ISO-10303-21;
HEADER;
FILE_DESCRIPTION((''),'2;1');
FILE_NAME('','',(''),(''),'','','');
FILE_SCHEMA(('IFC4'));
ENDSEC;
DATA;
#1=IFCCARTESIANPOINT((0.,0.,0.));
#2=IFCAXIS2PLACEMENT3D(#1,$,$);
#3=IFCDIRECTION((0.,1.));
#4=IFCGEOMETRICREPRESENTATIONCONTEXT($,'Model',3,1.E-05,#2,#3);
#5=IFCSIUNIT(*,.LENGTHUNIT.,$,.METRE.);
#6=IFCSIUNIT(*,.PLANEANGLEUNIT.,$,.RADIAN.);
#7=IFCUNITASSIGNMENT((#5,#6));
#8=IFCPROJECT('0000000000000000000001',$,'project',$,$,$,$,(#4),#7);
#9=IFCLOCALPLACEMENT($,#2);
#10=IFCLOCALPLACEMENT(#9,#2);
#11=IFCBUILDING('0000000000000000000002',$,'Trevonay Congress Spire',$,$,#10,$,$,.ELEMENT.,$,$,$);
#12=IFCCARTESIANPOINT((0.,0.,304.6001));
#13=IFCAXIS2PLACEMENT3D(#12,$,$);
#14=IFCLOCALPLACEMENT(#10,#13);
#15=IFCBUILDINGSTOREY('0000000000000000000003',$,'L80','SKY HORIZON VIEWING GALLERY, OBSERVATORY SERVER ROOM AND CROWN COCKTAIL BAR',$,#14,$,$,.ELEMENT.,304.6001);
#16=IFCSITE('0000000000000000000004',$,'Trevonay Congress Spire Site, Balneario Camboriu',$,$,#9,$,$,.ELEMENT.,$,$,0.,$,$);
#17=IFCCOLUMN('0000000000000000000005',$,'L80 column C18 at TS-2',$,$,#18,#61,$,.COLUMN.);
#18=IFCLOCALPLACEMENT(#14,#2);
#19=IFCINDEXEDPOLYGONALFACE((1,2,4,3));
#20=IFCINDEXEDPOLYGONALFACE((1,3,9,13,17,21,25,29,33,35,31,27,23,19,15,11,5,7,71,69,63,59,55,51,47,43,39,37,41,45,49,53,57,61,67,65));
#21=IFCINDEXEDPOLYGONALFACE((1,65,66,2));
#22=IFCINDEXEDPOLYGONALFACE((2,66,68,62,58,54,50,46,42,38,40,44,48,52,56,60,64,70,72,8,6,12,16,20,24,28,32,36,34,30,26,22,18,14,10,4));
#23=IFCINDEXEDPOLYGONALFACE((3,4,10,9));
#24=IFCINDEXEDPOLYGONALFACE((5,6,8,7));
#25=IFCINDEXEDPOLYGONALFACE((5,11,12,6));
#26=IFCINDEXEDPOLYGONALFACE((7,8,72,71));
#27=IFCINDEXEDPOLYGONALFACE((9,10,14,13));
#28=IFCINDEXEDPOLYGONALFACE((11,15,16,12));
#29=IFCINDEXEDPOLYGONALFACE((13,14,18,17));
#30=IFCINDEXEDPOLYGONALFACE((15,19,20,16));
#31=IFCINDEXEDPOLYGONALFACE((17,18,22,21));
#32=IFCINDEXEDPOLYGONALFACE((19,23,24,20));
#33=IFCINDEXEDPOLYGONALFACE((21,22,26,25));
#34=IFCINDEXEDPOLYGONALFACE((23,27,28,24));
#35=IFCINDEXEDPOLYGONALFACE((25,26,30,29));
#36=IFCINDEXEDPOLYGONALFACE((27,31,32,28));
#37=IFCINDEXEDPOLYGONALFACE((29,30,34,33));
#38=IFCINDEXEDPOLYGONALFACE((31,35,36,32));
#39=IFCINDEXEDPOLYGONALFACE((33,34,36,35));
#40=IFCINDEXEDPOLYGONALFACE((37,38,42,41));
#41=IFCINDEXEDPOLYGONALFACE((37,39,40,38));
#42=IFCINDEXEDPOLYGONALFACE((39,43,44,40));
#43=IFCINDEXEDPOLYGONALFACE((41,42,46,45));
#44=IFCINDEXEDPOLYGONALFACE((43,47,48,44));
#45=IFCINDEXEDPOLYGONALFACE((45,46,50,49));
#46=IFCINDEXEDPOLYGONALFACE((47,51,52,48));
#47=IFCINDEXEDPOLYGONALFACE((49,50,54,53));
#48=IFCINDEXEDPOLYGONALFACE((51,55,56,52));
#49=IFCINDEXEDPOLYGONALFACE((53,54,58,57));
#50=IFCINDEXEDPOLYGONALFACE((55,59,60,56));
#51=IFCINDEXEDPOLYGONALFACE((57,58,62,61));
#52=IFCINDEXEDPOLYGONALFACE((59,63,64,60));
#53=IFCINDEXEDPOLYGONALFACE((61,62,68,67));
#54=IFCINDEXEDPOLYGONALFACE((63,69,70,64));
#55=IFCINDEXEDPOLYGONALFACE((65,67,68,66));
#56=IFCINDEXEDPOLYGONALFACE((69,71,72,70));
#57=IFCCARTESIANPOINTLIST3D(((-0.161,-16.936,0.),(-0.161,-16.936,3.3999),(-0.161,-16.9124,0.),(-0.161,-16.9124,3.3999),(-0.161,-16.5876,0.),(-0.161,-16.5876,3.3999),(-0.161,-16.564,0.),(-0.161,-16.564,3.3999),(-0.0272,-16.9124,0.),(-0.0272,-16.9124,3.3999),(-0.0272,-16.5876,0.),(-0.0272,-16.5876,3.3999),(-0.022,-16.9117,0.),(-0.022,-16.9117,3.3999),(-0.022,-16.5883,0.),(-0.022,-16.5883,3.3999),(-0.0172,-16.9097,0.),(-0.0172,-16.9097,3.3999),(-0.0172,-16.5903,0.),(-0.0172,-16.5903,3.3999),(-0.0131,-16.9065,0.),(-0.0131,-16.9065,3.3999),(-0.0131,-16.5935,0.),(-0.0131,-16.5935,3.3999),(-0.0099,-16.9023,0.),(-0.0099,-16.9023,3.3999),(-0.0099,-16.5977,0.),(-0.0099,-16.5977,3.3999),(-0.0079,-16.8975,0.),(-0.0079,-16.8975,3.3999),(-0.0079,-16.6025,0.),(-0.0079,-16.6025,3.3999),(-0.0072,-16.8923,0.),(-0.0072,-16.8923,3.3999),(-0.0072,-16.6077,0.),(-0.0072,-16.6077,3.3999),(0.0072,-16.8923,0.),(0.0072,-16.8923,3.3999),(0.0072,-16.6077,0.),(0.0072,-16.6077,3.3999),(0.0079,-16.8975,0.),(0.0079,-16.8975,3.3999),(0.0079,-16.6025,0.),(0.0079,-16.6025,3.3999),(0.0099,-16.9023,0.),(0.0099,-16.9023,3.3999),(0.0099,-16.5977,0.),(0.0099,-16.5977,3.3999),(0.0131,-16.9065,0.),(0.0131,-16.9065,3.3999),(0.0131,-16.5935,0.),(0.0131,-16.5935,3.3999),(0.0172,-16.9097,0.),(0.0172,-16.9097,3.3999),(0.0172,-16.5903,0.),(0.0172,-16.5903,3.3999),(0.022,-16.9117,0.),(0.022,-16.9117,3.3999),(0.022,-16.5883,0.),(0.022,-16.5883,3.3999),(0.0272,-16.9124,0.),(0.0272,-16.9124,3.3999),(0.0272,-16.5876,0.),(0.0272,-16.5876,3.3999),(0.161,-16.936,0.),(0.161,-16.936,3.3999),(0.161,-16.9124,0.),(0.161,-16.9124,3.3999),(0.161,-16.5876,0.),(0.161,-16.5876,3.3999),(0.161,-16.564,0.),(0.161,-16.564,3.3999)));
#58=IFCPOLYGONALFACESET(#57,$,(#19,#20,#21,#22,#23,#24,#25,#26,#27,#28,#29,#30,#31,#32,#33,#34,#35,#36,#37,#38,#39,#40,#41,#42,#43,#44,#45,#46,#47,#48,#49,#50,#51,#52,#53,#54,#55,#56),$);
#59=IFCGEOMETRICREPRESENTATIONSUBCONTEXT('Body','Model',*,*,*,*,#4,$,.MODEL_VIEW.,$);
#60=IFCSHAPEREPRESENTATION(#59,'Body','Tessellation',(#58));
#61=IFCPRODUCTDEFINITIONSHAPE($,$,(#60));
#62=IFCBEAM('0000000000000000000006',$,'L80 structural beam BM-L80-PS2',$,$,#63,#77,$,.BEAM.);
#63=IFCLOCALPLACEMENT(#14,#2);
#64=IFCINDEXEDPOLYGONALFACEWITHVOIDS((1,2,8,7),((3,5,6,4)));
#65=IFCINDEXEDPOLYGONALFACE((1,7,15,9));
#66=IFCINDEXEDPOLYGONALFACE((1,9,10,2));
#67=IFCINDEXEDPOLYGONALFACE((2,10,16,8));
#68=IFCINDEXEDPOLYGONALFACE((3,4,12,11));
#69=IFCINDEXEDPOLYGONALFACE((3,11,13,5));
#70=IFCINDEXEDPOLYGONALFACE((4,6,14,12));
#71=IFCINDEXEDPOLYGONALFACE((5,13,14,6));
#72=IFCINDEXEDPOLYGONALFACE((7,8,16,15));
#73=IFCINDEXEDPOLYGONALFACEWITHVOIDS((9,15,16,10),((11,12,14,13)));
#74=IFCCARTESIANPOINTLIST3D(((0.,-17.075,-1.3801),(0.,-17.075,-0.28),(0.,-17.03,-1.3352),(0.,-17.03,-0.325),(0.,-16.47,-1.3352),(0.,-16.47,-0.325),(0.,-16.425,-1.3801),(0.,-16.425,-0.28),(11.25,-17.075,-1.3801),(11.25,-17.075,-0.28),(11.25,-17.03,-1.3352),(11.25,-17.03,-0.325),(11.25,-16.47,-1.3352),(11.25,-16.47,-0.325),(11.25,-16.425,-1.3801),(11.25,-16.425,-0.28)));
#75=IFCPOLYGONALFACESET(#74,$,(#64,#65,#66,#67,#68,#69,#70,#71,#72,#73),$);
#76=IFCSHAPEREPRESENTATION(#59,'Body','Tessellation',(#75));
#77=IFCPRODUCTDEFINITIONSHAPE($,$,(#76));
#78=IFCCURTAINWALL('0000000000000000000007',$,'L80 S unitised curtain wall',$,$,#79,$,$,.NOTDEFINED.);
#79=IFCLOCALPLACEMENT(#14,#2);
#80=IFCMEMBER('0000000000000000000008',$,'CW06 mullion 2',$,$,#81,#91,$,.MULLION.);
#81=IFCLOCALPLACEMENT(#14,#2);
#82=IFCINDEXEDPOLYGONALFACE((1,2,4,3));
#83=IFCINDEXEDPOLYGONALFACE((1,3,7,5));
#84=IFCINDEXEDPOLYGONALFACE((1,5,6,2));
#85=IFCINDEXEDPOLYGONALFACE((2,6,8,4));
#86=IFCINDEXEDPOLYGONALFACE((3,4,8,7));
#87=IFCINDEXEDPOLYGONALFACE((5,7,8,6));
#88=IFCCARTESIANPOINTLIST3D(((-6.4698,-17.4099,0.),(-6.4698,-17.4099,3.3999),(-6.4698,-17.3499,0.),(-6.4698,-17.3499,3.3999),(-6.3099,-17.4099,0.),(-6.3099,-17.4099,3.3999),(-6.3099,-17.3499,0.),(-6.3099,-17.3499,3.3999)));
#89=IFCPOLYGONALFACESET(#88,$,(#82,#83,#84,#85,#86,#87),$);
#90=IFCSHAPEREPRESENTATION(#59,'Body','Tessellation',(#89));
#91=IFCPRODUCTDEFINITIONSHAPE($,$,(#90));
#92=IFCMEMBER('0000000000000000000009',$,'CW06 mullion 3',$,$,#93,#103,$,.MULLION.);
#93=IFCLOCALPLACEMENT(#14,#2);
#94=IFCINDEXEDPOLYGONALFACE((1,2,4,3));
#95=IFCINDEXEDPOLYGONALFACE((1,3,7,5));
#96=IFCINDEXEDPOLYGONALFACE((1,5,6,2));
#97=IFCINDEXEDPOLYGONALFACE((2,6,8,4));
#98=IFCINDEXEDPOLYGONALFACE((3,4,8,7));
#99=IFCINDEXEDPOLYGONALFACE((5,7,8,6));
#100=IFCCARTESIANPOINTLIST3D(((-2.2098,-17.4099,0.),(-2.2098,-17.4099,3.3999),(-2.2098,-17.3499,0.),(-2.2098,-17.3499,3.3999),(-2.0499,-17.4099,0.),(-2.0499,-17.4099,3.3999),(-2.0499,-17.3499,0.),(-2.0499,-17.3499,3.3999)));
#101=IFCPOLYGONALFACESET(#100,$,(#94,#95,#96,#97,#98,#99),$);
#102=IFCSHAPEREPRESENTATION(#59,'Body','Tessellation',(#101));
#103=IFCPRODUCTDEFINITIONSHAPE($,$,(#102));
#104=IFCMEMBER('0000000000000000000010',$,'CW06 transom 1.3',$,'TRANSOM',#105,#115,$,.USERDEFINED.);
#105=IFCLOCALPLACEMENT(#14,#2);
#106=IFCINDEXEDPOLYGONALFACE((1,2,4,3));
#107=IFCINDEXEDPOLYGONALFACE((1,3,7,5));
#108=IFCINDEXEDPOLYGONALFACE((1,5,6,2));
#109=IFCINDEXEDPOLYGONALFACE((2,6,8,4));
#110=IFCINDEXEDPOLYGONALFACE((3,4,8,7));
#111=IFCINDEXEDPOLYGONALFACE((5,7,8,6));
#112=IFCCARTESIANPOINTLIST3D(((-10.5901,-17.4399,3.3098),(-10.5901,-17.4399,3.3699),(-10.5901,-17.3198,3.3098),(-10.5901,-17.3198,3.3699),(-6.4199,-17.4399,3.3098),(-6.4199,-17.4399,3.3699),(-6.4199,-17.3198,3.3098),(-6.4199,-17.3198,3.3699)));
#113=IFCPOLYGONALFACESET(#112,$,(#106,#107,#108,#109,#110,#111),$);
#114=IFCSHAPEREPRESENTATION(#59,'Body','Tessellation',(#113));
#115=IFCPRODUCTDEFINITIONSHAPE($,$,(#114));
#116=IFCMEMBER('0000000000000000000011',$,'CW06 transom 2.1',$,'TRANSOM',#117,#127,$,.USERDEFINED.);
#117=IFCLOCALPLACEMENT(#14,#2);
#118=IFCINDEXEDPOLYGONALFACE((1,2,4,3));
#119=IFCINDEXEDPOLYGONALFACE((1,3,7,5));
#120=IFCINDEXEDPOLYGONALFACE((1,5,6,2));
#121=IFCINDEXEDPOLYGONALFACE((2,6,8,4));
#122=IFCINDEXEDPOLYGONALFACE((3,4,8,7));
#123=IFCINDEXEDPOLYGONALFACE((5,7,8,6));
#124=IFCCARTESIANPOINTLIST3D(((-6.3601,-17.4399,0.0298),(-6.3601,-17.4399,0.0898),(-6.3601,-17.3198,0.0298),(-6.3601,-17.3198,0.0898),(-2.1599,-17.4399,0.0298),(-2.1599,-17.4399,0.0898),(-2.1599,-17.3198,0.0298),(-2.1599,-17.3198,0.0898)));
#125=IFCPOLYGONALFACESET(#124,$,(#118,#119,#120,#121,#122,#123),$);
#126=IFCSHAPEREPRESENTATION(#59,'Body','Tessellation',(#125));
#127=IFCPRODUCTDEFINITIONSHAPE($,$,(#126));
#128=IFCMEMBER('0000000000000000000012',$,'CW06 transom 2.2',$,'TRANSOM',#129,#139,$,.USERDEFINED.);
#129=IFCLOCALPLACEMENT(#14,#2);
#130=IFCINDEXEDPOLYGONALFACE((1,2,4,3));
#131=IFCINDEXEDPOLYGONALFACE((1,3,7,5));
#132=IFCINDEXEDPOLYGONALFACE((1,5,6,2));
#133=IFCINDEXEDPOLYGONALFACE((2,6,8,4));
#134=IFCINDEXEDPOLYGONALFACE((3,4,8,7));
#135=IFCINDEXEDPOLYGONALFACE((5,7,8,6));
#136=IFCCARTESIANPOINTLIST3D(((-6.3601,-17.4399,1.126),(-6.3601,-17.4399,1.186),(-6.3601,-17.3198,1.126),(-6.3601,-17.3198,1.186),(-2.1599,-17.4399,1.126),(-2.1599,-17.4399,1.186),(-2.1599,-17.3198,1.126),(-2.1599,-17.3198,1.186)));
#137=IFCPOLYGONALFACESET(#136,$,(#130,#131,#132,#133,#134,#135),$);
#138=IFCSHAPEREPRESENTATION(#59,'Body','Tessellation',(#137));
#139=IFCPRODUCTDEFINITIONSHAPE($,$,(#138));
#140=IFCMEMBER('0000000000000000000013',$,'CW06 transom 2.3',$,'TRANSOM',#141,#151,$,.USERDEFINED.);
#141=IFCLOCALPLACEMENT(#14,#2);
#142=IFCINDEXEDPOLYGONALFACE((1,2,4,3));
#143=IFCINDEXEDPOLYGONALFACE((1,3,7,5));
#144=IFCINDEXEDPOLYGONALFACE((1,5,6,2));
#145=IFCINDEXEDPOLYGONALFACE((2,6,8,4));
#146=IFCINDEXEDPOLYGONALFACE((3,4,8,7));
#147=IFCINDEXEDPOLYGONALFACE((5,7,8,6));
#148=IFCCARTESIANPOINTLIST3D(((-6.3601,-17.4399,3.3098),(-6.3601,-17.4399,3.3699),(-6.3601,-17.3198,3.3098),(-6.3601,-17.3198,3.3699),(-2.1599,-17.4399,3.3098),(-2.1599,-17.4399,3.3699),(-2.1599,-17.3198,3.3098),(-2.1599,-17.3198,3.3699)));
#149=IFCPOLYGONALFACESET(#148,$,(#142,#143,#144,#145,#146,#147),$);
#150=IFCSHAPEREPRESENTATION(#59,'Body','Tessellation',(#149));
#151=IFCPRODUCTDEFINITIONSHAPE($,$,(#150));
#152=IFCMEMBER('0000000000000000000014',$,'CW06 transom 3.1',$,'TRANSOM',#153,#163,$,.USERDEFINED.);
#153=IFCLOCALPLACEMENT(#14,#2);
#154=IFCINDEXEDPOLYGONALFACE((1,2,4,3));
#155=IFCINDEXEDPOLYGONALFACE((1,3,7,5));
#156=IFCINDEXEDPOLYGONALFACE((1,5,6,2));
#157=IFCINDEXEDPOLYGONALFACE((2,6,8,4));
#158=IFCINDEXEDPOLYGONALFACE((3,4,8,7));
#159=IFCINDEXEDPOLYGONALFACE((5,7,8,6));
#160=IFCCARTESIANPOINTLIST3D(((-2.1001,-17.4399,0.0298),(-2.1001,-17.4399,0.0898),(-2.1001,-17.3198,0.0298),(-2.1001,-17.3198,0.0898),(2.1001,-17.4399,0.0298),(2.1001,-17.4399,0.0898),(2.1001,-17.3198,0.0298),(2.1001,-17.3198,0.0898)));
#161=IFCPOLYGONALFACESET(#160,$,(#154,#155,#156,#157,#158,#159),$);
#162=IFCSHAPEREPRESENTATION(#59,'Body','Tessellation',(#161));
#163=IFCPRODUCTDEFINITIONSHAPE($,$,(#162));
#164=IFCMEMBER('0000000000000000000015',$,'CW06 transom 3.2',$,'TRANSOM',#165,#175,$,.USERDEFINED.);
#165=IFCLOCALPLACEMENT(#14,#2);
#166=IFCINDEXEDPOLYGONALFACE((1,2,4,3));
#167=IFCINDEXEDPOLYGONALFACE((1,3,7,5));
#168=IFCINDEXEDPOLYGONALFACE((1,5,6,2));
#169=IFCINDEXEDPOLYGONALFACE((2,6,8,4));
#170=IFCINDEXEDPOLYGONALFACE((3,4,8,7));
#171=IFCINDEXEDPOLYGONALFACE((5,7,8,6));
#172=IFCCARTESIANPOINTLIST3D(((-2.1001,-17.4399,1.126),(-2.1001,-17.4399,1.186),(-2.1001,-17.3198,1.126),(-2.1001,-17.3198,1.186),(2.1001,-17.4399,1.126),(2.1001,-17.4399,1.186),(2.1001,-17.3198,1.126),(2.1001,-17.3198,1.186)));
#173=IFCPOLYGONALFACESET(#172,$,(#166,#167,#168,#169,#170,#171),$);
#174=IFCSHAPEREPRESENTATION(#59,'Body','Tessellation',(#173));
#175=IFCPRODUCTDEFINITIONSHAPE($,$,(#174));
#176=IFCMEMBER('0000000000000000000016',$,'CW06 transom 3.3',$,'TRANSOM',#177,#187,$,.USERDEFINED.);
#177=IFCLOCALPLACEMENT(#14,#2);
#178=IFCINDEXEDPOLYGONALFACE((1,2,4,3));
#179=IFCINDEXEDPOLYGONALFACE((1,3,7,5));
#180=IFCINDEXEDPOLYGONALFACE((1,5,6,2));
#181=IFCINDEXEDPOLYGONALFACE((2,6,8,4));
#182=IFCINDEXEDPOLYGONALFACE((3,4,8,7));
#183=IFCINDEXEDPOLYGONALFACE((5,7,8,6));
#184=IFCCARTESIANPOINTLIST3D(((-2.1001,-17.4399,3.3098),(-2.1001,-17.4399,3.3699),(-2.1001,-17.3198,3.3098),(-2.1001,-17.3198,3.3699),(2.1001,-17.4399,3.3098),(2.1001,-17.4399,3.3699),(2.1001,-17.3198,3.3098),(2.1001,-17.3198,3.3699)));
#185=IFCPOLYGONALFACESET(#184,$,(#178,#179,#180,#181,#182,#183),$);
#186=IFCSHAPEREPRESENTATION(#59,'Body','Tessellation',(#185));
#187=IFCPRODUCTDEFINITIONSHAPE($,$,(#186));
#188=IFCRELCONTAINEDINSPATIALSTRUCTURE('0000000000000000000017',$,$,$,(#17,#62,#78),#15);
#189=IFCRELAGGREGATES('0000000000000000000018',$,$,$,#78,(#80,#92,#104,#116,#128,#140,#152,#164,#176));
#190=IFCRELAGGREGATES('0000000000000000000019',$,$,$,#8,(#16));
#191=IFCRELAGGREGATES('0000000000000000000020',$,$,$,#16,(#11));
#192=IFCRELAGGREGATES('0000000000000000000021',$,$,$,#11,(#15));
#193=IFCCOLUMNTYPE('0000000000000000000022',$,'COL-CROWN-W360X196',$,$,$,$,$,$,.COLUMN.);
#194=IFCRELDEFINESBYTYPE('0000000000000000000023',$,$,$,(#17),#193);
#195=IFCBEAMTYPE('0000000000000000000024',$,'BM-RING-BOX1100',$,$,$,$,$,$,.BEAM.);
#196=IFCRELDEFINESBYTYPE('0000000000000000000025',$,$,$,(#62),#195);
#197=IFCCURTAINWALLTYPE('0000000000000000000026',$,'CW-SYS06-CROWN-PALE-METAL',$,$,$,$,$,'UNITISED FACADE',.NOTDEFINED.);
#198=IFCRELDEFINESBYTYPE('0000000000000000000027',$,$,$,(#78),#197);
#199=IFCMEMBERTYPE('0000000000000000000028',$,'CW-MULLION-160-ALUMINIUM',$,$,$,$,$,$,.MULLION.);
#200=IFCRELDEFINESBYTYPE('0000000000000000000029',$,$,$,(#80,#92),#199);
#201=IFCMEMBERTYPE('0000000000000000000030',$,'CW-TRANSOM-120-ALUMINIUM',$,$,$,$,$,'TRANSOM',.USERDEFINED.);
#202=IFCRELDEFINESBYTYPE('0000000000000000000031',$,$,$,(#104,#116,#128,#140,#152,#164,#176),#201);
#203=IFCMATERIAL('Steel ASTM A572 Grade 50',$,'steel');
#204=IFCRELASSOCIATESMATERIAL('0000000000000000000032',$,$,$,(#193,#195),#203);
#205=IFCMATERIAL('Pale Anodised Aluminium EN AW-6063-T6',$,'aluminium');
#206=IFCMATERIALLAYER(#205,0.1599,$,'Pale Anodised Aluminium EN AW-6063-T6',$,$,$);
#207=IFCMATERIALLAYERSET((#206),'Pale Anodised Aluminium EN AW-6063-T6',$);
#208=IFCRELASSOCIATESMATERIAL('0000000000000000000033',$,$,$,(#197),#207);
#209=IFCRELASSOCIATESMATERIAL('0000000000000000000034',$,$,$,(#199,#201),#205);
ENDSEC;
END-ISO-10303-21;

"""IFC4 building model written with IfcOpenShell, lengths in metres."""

from ifc_helpers import new_model, si_unit, direction, frame, origin, origin_2d, place, context, subcontext, project, spatial, rectangle, hollow_rectangle, i_section, extrude, material, layer, layer_set, material_profile, profile_set, type_object, element, aggregate, save


model = new_model("IFC4")

# Units and contexts
model_context = context("Model", 3, precision=1e-05, world=origin(), true_north=direction((0.0, 1.0)))
body_context = subcontext(model_context, "Body", "Model", "MODEL_VIEW")
ifc_project = project(units=[si_unit("LENGTHUNIT", "METRE"), si_unit("PLANEANGLEUNIT", "RADIAN")], contexts=[model_context])

# Site, building, storey
site_placement = place(None, origin())
site = spatial("IfcSite", under=ifc_project, at=site_placement, Name="Trevonay Congress Spire Site, Balneario Camboriu", CompositionType="ELEMENT", RefElevation=0.0)
building_placement = place(site_placement, origin())
building = spatial("IfcBuilding", under=site, at=building_placement, Name="Trevonay Congress Spire", CompositionType="ELEMENT")
storey_placement = place(building_placement, frame((0.0, 0.0, 304.6001)))
storey = spatial("IfcBuildingStorey", under=building, at=storey_placement, Name="L80", Description="SKY HORIZON VIEWING GALLERY, OBSERVATORY SERVER ROOM AND CROWN COCKTAIL BAR", CompositionType="ELEMENT", Elevation=304.6001)

# Column
ifc_material_1 = material(Name="Steel ASTM A572 Grade 50", Category="steel")
ifc_material_profile_1 = material_profile(ifc_material_1, i_section(OverallWidth=0.322, OverallDepth=0.3721, WebThickness=0.0144, FlangeThickness=0.0237, FilletRadius=0.02, at=origin_2d()), Name="W360x196")
ifc_profile_set_1 = profile_set([ifc_material_profile_1], Name="Steel ASTM A572 Grade 50")
column_type = type_object("IfcColumnType", Name="COL-CROWN-W360X196", PredefinedType="COLUMN", material=ifc_profile_set_1)
column_placement = place(storey_placement, frame((0.0, -16.75, 0.0), z_axis=(0.0, 0.0, 1.0), x_axis=(1.0, 0.0, 0.0)))
element("IfcColumn", 1, at=column_placement, inside=storey, type_object=column_type, Name="L80 column C18 at TS-2", PredefinedType="COLUMN", context=body_context, shape_type="SweptSolid", body=[
    extrude(i_section(OverallWidth=0.322, OverallDepth=0.3721, WebThickness=0.0144, FlangeThickness=0.0237, FilletRadius=0.02, at=origin_2d()), origin(), (0.0, 0.0, 1.0), 3.3999),
])

# Beam
ifc_material_profile_2 = material_profile(ifc_material_1, hollow_rectangle(XDim=0.6499, YDim=1.1001, WallThickness=0.0449, at=origin_2d()), Name="BOX 1100x650x45")
ifc_profile_set_2 = profile_set([ifc_material_profile_2], Name="Steel ASTM A572 Grade 50")
beam_type = type_object("IfcBeamType", Name="BM-RING-BOX1100", PredefinedType="BEAM", material=ifc_profile_set_2)
beam_placement = place(storey_placement, frame((0.0, -16.75, -0.8301), z_axis=(1.0, 0.0, 0.0), x_axis=(0.0, 1.0, 0.0)))
element("IfcBeam", 2, at=beam_placement, inside=storey, type_object=beam_type, Name="L80 structural beam BM-L80-PS2", PredefinedType="BEAM", context=body_context, shape_type="SweptSolid", body=[
    extrude(hollow_rectangle(XDim=0.6499, YDim=1.1001, WallThickness=0.0449, at=origin_2d()), origin(), (0.0, 0.0, 1.0), 11.25),
])

# Curtain wall, members
ifc_material_2 = material(Name="Pale Anodised Aluminium EN AW-6063-T6", Category="aluminium")
ifc_layer_1 = layer(ifc_material_2, 0.1599, Name="Pale Anodised Aluminium EN AW-6063-T6")
ifc_layer_set_1 = layer_set([ifc_layer_1], Name="Pale Anodised Aluminium EN AW-6063-T6")
curtain_wall_type = type_object("IfcCurtainWallType", Name="CW-SYS06-CROWN-PALE-METAL", ElementType="UNITISED FACADE", PredefinedType="NOTDEFINED", material=ifc_layer_set_1)
curtain_wall_placement = place(storey_placement, origin())
curtain_wall = element("IfcCurtainWall", 3, at=curtain_wall_placement, inside=storey, type_object=curtain_wall_type, Name="L80 S unitised curtain wall", PredefinedType="NOTDEFINED")
ifc_material_profile_3 = material_profile(ifc_material_2, rectangle(XDim=0.0601, YDim=0.1599, at=origin_2d()), Name="CW-MULLION-160-ALUMINIUM")
ifc_profile_set_3 = profile_set([ifc_material_profile_3], Name="Pale Anodised Aluminium EN AW-6063-T6")
member_type_1 = type_object("IfcMemberType", Name="CW-MULLION-160-ALUMINIUM", PredefinedType="MULLION", material=ifc_profile_set_3)
member_1_placement = place(storey_placement, frame((-6.3899, -17.3799, 0.0), z_axis=(0.0, 0.0, 1.0), x_axis=(0.0, 1.0, 0.0)))
member_1 = element("IfcMember", 4, at=member_1_placement, type_object=member_type_1, Name="CW06 mullion 2", PredefinedType="MULLION", context=body_context, shape_type="SweptSolid", body=[
    extrude(rectangle(XDim=0.0601, YDim=0.1599, at=origin_2d()), origin(), (0.0, 0.0, 1.0), 3.3999),
])
member_2_placement = place(storey_placement, frame((-2.1299, -17.3799, 0.0), z_axis=(0.0, 0.0, 1.0), x_axis=(0.0, 1.0, 0.0)))
member_2 = element("IfcMember", 5, at=member_2_placement, type_object=member_type_1, Name="CW06 mullion 3", PredefinedType="MULLION", context=body_context, shape_type="SweptSolid", body=[
    extrude(rectangle(XDim=0.0601, YDim=0.1599, at=origin_2d()), origin(), (0.0, 0.0, 1.0), 3.3999),
])
ifc_material_profile_4 = material_profile(ifc_material_2, rectangle(XDim=0.1201, YDim=0.0601, at=origin_2d()), Name="CW-TRANSOM-120-ALUMINIUM")
ifc_profile_set_4 = profile_set([ifc_material_profile_4], Name="Pale Anodised Aluminium EN AW-6063-T6")
member_type_2 = type_object("IfcMemberType", Name="CW-TRANSOM-120-ALUMINIUM", ElementType="TRANSOM", PredefinedType="USERDEFINED", material=ifc_profile_set_4)
member_3_placement = place(storey_placement, frame((-10.5901, -17.3799, 3.3398), z_axis=(1.0, 0.0, 0.0), x_axis=(0.0, 1.0, 0.0)))
member_3 = element("IfcMember", 6, at=member_3_placement, type_object=member_type_2, Name="CW06 transom 1.3", ObjectType="TRANSOM", PredefinedType="USERDEFINED", context=body_context, shape_type="SweptSolid", body=[
    extrude(rectangle(XDim=0.1201, YDim=0.0601, at=origin_2d()), origin(), (0.0, 0.0, 1.0), 4.1702),
])
member_4_placement = place(storey_placement, frame((-6.3601, -17.3799, 0.0598), z_axis=(1.0, 0.0, 0.0), x_axis=(0.0, 1.0, 0.0)))
member_4 = element("IfcMember", 7, at=member_4_placement, type_object=member_type_2, Name="CW06 transom 2.1", ObjectType="TRANSOM", PredefinedType="USERDEFINED", context=body_context, shape_type="SweptSolid", body=[
    extrude(rectangle(XDim=0.1201, YDim=0.0601, at=origin_2d()), origin(), (0.0, 0.0, 1.0), 4.2002),
])
member_5_placement = place(storey_placement, frame((-6.3601, -17.3799, 1.156), z_axis=(1.0, 0.0, 0.0), x_axis=(0.0, 1.0, 0.0)))
member_5 = element("IfcMember", 8, at=member_5_placement, type_object=member_type_2, Name="CW06 transom 2.2", ObjectType="TRANSOM", PredefinedType="USERDEFINED", context=body_context, shape_type="SweptSolid", body=[
    extrude(rectangle(XDim=0.1201, YDim=0.0601, at=origin_2d()), origin(), (0.0, 0.0, 1.0), 4.2002),
])
member_6_placement = place(storey_placement, frame((-6.3601, -17.3799, 3.3398), z_axis=(1.0, 0.0, 0.0), x_axis=(0.0, 1.0, 0.0)))
member_6 = element("IfcMember", 9, at=member_6_placement, type_object=member_type_2, Name="CW06 transom 2.3", ObjectType="TRANSOM", PredefinedType="USERDEFINED", context=body_context, shape_type="SweptSolid", body=[
    extrude(rectangle(XDim=0.1201, YDim=0.0601, at=origin_2d()), origin(), (0.0, 0.0, 1.0), 4.2002),
])
member_7_placement = place(storey_placement, frame((-2.1001, -17.3799, 0.0598), z_axis=(1.0, 0.0, 0.0), x_axis=(0.0, 1.0, 0.0)))
member_7 = element("IfcMember", 10, at=member_7_placement, type_object=member_type_2, Name="CW06 transom 3.1", ObjectType="TRANSOM", PredefinedType="USERDEFINED", context=body_context, shape_type="SweptSolid", body=[
    extrude(rectangle(XDim=0.1201, YDim=0.0601, at=origin_2d()), origin(), (0.0, 0.0, 1.0), 4.2002),
])
member_8_placement = place(storey_placement, frame((-2.1001, -17.3799, 1.156), z_axis=(1.0, 0.0, 0.0), x_axis=(0.0, 1.0, 0.0)))
member_8 = element("IfcMember", 11, at=member_8_placement, type_object=member_type_2, Name="CW06 transom 3.2", ObjectType="TRANSOM", PredefinedType="USERDEFINED", context=body_context, shape_type="SweptSolid", body=[
    extrude(rectangle(XDim=0.1201, YDim=0.0601, at=origin_2d()), origin(), (0.0, 0.0, 1.0), 4.2002),
])
member_9_placement = place(storey_placement, frame((-2.1001, -17.3799, 3.3398), z_axis=(1.0, 0.0, 0.0), x_axis=(0.0, 1.0, 0.0)))
member_9 = element("IfcMember", 12, at=member_9_placement, type_object=member_type_2, Name="CW06 transom 3.3", ObjectType="TRANSOM", PredefinedType="USERDEFINED", context=body_context, shape_type="SweptSolid", body=[
    extrude(rectangle(XDim=0.1201, YDim=0.0601, at=origin_2d()), origin(), (0.0, 0.0, 1.0), 4.2002),
])
aggregate(curtain_wall, [member_1, member_2, member_3, member_4, member_5, member_6, member_7, member_8, member_9])

save(model, "model.ifc")
